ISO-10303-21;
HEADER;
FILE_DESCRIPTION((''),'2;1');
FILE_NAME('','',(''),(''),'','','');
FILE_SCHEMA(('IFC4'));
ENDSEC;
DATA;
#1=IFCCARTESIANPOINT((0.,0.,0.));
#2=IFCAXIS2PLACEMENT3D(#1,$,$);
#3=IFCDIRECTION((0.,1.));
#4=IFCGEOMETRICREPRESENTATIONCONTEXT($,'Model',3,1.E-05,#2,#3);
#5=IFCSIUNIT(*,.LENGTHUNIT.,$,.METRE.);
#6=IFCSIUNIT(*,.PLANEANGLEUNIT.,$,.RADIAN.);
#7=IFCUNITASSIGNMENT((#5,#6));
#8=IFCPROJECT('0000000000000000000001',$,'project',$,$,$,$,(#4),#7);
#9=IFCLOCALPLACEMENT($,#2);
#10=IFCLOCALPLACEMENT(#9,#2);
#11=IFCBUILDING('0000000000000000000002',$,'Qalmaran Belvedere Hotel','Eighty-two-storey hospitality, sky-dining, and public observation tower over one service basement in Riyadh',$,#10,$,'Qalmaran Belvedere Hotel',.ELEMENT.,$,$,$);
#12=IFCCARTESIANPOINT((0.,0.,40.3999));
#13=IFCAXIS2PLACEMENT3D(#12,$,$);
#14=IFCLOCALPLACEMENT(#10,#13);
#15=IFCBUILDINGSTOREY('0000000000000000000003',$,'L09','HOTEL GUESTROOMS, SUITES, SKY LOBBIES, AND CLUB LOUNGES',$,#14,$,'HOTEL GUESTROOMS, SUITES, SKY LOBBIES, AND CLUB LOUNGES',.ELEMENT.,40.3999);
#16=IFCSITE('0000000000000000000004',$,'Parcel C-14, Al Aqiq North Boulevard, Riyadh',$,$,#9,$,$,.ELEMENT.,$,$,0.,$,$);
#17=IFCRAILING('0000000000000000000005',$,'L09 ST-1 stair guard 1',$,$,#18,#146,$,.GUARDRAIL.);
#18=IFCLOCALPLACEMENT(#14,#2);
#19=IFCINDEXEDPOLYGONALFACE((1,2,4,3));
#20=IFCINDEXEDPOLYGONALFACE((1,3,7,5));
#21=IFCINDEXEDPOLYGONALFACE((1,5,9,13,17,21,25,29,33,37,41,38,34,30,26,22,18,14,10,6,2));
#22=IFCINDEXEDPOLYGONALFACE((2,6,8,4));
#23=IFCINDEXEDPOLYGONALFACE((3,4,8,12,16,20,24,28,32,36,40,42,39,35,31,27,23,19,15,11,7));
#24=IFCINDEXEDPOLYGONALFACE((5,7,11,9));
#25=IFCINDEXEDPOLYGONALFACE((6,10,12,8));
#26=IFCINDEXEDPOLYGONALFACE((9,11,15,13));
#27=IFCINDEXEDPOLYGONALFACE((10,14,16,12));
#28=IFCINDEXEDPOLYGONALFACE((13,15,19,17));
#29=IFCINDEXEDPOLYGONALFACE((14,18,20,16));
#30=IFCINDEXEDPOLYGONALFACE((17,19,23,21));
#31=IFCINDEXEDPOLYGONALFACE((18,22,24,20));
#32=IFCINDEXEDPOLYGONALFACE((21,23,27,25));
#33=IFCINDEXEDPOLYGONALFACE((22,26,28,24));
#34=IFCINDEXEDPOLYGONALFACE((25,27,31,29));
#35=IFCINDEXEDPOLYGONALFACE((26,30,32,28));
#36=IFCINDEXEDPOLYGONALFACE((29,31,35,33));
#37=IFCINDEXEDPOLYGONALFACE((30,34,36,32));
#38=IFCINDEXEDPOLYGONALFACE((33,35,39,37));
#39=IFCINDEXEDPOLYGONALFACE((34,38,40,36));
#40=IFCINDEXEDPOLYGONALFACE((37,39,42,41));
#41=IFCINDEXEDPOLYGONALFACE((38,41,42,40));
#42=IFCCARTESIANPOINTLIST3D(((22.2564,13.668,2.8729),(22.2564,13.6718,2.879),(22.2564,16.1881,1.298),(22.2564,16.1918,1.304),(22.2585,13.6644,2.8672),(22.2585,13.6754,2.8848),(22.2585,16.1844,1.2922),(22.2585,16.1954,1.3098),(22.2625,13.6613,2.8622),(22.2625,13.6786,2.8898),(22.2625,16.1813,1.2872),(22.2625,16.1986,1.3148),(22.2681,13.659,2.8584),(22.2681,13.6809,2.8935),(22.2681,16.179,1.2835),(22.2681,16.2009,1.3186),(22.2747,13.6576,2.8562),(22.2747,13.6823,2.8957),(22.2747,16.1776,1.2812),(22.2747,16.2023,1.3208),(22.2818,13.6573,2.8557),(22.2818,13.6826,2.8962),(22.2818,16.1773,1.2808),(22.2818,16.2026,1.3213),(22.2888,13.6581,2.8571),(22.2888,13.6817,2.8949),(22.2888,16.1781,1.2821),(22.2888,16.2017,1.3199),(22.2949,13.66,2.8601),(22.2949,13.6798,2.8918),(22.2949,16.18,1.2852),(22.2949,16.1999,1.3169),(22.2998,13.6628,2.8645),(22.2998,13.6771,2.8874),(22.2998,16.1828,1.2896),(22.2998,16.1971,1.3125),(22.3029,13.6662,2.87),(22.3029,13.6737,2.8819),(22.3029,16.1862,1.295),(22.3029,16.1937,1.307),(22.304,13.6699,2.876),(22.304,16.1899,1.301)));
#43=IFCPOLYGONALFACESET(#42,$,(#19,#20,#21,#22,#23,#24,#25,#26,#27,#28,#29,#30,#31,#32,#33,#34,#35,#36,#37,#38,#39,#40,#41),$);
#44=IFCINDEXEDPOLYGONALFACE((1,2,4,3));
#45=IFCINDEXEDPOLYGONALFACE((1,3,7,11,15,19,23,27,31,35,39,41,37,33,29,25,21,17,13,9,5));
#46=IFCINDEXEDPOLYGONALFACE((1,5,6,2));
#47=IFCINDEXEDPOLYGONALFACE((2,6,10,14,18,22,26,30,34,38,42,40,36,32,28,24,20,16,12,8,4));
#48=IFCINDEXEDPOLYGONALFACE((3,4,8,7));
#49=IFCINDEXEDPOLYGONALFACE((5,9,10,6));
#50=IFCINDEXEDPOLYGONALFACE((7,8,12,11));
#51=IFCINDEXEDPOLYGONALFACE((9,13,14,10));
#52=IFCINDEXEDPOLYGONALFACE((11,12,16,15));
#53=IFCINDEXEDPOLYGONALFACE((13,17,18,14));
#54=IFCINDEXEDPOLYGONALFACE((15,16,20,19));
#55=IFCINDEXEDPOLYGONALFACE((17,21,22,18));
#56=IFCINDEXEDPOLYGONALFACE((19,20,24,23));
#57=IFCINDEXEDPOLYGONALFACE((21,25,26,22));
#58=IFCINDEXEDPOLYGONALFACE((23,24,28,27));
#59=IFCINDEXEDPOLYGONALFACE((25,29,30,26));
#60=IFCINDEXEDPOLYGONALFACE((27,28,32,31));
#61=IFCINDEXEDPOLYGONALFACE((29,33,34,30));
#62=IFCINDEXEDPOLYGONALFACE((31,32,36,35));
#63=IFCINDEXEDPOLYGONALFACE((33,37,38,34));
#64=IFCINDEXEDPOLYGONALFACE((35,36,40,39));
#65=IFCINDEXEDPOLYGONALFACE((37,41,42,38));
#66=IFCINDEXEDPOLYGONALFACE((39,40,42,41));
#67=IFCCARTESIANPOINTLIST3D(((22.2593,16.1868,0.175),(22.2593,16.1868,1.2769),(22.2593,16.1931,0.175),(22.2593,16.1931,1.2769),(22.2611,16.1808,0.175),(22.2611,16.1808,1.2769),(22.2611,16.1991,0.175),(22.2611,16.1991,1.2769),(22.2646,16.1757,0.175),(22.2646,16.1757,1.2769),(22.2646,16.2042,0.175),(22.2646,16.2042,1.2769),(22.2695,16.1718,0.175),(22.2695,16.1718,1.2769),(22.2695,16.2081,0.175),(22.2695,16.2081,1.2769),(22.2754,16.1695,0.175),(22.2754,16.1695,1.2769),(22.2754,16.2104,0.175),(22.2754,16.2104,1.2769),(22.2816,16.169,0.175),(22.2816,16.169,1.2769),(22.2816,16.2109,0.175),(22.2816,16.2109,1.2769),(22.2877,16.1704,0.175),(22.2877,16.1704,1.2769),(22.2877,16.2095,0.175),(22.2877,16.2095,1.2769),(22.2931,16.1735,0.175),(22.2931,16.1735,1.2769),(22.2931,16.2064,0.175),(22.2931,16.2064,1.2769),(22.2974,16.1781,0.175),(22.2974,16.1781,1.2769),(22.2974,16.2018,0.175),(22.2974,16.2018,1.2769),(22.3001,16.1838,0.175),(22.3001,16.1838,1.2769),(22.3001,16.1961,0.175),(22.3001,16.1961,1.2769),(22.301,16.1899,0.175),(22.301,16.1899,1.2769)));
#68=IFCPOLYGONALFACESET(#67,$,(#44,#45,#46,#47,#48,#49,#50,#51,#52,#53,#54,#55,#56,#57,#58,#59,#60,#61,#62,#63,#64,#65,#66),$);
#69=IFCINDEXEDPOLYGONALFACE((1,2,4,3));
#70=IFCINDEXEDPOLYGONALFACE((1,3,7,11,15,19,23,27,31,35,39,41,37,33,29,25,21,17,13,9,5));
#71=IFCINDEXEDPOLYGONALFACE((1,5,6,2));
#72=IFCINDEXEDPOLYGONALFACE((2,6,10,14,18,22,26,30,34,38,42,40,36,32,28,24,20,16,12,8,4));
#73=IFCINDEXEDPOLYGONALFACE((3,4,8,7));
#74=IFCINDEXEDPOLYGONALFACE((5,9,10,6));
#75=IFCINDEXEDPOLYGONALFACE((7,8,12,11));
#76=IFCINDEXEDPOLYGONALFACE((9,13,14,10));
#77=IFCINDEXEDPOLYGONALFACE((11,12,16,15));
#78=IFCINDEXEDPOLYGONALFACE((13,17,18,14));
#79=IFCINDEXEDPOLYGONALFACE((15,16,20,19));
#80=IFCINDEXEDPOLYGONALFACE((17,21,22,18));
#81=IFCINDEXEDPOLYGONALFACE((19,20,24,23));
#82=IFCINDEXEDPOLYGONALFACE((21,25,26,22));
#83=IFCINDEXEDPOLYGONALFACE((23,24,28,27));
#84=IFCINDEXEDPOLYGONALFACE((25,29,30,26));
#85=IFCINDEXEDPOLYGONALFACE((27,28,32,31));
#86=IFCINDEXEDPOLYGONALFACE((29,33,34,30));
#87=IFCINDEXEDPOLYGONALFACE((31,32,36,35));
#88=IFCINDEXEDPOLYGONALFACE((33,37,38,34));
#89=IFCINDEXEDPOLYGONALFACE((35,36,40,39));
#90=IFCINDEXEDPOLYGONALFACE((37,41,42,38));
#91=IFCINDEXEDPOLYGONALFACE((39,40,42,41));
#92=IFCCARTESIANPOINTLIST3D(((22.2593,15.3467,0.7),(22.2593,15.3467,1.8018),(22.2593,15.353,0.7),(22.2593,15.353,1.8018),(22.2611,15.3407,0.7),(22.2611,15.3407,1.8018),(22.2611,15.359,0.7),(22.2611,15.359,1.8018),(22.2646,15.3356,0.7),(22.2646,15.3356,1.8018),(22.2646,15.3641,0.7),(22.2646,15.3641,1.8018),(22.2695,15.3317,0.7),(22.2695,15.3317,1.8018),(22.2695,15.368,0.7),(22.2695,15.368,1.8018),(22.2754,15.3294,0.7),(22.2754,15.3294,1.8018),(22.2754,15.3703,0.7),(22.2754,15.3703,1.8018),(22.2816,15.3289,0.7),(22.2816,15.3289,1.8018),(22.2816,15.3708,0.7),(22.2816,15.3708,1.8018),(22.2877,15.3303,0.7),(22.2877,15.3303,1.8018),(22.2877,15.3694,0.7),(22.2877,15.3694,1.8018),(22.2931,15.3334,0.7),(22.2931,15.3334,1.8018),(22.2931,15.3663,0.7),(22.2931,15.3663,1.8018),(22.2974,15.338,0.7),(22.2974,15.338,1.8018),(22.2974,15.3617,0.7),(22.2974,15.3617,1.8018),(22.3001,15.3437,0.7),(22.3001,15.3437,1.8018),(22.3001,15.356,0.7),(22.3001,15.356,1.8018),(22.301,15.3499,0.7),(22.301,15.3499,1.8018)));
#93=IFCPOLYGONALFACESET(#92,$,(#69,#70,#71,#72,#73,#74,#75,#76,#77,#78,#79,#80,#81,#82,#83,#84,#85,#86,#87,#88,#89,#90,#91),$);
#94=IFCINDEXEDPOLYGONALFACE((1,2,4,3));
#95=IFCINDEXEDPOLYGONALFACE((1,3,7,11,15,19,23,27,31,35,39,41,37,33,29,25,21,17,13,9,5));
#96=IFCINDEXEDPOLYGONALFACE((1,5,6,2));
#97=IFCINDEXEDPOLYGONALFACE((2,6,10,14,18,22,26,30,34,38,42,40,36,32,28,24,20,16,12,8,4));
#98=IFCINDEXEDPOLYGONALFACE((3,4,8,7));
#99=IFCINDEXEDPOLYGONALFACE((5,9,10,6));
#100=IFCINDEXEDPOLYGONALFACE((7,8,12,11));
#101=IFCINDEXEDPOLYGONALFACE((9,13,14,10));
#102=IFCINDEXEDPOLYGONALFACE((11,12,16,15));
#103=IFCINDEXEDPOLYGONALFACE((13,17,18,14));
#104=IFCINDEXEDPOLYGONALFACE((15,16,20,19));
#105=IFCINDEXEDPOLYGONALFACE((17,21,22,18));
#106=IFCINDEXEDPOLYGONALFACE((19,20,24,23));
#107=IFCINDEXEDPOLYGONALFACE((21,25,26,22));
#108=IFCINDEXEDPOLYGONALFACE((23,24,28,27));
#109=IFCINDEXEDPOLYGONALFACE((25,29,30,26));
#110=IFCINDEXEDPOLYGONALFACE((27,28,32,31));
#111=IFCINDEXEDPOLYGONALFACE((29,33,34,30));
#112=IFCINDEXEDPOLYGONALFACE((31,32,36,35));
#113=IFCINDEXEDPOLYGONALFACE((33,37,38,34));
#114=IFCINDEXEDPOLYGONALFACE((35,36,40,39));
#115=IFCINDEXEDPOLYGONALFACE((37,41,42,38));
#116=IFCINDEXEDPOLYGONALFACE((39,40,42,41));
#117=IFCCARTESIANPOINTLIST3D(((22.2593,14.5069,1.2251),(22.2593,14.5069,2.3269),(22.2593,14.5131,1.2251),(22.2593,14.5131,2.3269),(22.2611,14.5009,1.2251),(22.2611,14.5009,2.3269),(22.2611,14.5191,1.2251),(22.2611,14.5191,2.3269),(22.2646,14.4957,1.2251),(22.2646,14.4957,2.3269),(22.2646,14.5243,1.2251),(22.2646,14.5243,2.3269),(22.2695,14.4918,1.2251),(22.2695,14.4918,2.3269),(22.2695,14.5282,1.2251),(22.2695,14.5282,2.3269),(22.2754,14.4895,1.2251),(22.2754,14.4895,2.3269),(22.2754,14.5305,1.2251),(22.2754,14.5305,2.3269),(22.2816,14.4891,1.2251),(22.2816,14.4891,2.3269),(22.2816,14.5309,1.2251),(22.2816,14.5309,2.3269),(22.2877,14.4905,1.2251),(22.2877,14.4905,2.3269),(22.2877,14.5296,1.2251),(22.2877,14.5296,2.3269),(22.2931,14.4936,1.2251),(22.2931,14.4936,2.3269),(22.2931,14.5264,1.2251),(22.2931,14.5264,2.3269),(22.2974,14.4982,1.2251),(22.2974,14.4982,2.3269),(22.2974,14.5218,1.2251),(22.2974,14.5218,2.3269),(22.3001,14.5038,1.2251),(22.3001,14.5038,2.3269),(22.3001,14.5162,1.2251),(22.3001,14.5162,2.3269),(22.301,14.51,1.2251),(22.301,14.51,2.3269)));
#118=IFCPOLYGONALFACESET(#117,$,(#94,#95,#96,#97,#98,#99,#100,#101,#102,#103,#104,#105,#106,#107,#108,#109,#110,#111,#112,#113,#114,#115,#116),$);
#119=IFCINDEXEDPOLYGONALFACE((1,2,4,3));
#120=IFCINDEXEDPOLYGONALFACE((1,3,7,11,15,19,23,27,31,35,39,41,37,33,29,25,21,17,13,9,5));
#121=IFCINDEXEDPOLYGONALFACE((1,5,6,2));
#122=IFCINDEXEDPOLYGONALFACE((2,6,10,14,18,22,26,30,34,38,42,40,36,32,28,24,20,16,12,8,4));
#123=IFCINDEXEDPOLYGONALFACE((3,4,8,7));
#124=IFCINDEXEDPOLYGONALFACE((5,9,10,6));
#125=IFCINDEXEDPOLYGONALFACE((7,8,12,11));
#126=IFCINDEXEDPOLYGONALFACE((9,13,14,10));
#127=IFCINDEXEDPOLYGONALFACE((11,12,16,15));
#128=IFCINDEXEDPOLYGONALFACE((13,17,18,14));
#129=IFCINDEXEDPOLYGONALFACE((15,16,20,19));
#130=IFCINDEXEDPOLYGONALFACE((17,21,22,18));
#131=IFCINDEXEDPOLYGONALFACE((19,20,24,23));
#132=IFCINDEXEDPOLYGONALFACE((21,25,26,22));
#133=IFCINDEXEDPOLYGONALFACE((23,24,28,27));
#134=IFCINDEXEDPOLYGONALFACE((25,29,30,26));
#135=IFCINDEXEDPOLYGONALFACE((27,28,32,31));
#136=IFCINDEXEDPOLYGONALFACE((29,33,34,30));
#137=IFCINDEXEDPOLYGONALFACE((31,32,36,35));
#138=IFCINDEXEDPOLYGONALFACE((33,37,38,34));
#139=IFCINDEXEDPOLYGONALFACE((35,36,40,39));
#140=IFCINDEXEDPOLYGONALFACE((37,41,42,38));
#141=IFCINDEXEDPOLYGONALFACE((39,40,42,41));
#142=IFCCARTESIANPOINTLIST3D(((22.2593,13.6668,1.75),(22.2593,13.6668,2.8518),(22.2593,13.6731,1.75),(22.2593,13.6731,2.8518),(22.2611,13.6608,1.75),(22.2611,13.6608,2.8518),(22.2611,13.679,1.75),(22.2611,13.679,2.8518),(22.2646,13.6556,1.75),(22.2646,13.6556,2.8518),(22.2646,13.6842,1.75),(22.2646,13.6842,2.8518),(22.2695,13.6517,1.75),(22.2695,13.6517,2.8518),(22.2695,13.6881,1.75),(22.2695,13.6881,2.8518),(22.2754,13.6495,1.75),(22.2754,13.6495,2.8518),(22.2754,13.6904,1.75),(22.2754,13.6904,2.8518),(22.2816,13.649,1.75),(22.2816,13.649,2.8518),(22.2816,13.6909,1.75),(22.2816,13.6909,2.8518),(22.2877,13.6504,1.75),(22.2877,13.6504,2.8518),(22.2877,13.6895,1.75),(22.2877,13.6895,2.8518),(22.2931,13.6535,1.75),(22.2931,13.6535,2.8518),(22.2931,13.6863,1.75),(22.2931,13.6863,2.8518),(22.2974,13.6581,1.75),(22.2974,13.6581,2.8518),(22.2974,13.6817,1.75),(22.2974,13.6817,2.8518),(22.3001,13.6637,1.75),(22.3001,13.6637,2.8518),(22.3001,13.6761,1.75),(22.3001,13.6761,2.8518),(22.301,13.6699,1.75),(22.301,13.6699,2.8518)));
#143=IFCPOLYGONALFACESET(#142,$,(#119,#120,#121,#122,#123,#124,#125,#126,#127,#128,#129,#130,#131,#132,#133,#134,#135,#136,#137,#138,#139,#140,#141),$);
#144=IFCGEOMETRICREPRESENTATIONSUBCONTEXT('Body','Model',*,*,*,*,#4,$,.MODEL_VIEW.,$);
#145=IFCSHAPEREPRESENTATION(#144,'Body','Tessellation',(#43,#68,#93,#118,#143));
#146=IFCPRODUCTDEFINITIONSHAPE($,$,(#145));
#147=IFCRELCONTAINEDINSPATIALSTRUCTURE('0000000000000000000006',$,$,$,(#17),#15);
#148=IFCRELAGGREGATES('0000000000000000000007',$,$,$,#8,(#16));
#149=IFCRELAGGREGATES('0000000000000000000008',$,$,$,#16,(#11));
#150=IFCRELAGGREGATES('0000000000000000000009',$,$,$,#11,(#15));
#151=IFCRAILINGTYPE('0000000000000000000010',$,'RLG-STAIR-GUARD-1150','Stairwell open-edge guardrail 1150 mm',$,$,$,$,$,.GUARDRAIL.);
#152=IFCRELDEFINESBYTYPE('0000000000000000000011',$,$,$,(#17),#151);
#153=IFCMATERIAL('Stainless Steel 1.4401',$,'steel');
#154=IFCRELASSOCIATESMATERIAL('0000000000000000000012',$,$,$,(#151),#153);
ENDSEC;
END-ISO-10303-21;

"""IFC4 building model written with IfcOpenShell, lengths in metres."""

from ifc_helpers import new_model, si_unit, direction, frame, origin, origin_2d, place, context, subcontext, project, spatial, circle, extrude, material, type_object, element, save


model = new_model("IFC4")

# Units and contexts
model_context = context("Model", 3, precision=1e-05, world=origin(), true_north=direction((0.0, 1.0)))
body_context = subcontext(model_context, "Body", "Model", "MODEL_VIEW")
ifc_project = project(units=[si_unit("LENGTHUNIT", "METRE"), si_unit("PLANEANGLEUNIT", "RADIAN")], contexts=[model_context])

# Site, building, storey
site_placement = place(None, origin())
site = spatial("IfcSite", under=ifc_project, at=site_placement, Name="Parcel C-14, Al Aqiq North Boulevard, Riyadh", CompositionType="ELEMENT", RefElevation=0.0)
building_placement = place(site_placement, origin())
building = spatial("IfcBuilding", under=site, at=building_placement, Name="Qalmaran Belvedere Hotel", Description="Eighty-two-storey hospitality, sky-dining, and public observation tower over one service basement in Riyadh", LongName="Qalmaran Belvedere Hotel", CompositionType="ELEMENT")
storey_placement = place(building_placement, frame((0.0, 0.0, 40.3999)))
storey = spatial("IfcBuildingStorey", under=building, at=storey_placement, Name="L09", Description="HOTEL GUESTROOMS, SUITES, SKY LOBBIES, AND CLUB LOUNGES", LongName="HOTEL GUESTROOMS, SUITES, SKY LOBBIES, AND CLUB LOUNGES", CompositionType="ELEMENT", Elevation=40.3999)

# Railing
ifc_material_1 = material(Name="Stainless Steel 1.4401", Category="steel")
railing_type_1 = type_object("IfcRailingType", Name="RLG-STAIR-GUARD-1150", Description="Stairwell open-edge guardrail 1150 mm", PredefinedType="GUARDRAIL", material=ifc_material_1)
railing_1_placement = place(storey_placement, frame((22.28, 16.1899, 0.175)))
element("IfcRailing", 1, at=railing_1_placement, inside=storey, type_object=railing_type_1, Name="L09 ST-1 stair guard 1", PredefinedType="GUARDRAIL", context=body_context, shape_type="SweptSolid", body=[
    extrude(circle(Radius=0.0239, at=origin_2d()), frame((0.0, 0.0, 1.126), z_axis=(0.0, -0.848008, 0.529984), x_axis=(1.0, 0.0, 0.0)), (0.0, 0.0, 1.0), 2.9717),
    extrude(circle(Radius=0.021, at=origin_2d()), origin(), (0.0, 0.0, 1.0), 1.1018),
    extrude(circle(Radius=0.021, at=origin_2d()), frame((0.0, -0.8401, 0.5249)), (0.0, 0.0, 1.0), 1.1018),
    extrude(circle(Radius=0.021, at=origin_2d()), frame((0.0, -1.6799, 1.05)), (0.0, 0.0, 1.0), 1.1018),
    extrude(circle(Radius=0.021, at=origin_2d()), frame((0.0, -2.52, 1.575)), (0.0, 0.0, 1.0), 1.1018),
])

save(model, "model.ifc")
